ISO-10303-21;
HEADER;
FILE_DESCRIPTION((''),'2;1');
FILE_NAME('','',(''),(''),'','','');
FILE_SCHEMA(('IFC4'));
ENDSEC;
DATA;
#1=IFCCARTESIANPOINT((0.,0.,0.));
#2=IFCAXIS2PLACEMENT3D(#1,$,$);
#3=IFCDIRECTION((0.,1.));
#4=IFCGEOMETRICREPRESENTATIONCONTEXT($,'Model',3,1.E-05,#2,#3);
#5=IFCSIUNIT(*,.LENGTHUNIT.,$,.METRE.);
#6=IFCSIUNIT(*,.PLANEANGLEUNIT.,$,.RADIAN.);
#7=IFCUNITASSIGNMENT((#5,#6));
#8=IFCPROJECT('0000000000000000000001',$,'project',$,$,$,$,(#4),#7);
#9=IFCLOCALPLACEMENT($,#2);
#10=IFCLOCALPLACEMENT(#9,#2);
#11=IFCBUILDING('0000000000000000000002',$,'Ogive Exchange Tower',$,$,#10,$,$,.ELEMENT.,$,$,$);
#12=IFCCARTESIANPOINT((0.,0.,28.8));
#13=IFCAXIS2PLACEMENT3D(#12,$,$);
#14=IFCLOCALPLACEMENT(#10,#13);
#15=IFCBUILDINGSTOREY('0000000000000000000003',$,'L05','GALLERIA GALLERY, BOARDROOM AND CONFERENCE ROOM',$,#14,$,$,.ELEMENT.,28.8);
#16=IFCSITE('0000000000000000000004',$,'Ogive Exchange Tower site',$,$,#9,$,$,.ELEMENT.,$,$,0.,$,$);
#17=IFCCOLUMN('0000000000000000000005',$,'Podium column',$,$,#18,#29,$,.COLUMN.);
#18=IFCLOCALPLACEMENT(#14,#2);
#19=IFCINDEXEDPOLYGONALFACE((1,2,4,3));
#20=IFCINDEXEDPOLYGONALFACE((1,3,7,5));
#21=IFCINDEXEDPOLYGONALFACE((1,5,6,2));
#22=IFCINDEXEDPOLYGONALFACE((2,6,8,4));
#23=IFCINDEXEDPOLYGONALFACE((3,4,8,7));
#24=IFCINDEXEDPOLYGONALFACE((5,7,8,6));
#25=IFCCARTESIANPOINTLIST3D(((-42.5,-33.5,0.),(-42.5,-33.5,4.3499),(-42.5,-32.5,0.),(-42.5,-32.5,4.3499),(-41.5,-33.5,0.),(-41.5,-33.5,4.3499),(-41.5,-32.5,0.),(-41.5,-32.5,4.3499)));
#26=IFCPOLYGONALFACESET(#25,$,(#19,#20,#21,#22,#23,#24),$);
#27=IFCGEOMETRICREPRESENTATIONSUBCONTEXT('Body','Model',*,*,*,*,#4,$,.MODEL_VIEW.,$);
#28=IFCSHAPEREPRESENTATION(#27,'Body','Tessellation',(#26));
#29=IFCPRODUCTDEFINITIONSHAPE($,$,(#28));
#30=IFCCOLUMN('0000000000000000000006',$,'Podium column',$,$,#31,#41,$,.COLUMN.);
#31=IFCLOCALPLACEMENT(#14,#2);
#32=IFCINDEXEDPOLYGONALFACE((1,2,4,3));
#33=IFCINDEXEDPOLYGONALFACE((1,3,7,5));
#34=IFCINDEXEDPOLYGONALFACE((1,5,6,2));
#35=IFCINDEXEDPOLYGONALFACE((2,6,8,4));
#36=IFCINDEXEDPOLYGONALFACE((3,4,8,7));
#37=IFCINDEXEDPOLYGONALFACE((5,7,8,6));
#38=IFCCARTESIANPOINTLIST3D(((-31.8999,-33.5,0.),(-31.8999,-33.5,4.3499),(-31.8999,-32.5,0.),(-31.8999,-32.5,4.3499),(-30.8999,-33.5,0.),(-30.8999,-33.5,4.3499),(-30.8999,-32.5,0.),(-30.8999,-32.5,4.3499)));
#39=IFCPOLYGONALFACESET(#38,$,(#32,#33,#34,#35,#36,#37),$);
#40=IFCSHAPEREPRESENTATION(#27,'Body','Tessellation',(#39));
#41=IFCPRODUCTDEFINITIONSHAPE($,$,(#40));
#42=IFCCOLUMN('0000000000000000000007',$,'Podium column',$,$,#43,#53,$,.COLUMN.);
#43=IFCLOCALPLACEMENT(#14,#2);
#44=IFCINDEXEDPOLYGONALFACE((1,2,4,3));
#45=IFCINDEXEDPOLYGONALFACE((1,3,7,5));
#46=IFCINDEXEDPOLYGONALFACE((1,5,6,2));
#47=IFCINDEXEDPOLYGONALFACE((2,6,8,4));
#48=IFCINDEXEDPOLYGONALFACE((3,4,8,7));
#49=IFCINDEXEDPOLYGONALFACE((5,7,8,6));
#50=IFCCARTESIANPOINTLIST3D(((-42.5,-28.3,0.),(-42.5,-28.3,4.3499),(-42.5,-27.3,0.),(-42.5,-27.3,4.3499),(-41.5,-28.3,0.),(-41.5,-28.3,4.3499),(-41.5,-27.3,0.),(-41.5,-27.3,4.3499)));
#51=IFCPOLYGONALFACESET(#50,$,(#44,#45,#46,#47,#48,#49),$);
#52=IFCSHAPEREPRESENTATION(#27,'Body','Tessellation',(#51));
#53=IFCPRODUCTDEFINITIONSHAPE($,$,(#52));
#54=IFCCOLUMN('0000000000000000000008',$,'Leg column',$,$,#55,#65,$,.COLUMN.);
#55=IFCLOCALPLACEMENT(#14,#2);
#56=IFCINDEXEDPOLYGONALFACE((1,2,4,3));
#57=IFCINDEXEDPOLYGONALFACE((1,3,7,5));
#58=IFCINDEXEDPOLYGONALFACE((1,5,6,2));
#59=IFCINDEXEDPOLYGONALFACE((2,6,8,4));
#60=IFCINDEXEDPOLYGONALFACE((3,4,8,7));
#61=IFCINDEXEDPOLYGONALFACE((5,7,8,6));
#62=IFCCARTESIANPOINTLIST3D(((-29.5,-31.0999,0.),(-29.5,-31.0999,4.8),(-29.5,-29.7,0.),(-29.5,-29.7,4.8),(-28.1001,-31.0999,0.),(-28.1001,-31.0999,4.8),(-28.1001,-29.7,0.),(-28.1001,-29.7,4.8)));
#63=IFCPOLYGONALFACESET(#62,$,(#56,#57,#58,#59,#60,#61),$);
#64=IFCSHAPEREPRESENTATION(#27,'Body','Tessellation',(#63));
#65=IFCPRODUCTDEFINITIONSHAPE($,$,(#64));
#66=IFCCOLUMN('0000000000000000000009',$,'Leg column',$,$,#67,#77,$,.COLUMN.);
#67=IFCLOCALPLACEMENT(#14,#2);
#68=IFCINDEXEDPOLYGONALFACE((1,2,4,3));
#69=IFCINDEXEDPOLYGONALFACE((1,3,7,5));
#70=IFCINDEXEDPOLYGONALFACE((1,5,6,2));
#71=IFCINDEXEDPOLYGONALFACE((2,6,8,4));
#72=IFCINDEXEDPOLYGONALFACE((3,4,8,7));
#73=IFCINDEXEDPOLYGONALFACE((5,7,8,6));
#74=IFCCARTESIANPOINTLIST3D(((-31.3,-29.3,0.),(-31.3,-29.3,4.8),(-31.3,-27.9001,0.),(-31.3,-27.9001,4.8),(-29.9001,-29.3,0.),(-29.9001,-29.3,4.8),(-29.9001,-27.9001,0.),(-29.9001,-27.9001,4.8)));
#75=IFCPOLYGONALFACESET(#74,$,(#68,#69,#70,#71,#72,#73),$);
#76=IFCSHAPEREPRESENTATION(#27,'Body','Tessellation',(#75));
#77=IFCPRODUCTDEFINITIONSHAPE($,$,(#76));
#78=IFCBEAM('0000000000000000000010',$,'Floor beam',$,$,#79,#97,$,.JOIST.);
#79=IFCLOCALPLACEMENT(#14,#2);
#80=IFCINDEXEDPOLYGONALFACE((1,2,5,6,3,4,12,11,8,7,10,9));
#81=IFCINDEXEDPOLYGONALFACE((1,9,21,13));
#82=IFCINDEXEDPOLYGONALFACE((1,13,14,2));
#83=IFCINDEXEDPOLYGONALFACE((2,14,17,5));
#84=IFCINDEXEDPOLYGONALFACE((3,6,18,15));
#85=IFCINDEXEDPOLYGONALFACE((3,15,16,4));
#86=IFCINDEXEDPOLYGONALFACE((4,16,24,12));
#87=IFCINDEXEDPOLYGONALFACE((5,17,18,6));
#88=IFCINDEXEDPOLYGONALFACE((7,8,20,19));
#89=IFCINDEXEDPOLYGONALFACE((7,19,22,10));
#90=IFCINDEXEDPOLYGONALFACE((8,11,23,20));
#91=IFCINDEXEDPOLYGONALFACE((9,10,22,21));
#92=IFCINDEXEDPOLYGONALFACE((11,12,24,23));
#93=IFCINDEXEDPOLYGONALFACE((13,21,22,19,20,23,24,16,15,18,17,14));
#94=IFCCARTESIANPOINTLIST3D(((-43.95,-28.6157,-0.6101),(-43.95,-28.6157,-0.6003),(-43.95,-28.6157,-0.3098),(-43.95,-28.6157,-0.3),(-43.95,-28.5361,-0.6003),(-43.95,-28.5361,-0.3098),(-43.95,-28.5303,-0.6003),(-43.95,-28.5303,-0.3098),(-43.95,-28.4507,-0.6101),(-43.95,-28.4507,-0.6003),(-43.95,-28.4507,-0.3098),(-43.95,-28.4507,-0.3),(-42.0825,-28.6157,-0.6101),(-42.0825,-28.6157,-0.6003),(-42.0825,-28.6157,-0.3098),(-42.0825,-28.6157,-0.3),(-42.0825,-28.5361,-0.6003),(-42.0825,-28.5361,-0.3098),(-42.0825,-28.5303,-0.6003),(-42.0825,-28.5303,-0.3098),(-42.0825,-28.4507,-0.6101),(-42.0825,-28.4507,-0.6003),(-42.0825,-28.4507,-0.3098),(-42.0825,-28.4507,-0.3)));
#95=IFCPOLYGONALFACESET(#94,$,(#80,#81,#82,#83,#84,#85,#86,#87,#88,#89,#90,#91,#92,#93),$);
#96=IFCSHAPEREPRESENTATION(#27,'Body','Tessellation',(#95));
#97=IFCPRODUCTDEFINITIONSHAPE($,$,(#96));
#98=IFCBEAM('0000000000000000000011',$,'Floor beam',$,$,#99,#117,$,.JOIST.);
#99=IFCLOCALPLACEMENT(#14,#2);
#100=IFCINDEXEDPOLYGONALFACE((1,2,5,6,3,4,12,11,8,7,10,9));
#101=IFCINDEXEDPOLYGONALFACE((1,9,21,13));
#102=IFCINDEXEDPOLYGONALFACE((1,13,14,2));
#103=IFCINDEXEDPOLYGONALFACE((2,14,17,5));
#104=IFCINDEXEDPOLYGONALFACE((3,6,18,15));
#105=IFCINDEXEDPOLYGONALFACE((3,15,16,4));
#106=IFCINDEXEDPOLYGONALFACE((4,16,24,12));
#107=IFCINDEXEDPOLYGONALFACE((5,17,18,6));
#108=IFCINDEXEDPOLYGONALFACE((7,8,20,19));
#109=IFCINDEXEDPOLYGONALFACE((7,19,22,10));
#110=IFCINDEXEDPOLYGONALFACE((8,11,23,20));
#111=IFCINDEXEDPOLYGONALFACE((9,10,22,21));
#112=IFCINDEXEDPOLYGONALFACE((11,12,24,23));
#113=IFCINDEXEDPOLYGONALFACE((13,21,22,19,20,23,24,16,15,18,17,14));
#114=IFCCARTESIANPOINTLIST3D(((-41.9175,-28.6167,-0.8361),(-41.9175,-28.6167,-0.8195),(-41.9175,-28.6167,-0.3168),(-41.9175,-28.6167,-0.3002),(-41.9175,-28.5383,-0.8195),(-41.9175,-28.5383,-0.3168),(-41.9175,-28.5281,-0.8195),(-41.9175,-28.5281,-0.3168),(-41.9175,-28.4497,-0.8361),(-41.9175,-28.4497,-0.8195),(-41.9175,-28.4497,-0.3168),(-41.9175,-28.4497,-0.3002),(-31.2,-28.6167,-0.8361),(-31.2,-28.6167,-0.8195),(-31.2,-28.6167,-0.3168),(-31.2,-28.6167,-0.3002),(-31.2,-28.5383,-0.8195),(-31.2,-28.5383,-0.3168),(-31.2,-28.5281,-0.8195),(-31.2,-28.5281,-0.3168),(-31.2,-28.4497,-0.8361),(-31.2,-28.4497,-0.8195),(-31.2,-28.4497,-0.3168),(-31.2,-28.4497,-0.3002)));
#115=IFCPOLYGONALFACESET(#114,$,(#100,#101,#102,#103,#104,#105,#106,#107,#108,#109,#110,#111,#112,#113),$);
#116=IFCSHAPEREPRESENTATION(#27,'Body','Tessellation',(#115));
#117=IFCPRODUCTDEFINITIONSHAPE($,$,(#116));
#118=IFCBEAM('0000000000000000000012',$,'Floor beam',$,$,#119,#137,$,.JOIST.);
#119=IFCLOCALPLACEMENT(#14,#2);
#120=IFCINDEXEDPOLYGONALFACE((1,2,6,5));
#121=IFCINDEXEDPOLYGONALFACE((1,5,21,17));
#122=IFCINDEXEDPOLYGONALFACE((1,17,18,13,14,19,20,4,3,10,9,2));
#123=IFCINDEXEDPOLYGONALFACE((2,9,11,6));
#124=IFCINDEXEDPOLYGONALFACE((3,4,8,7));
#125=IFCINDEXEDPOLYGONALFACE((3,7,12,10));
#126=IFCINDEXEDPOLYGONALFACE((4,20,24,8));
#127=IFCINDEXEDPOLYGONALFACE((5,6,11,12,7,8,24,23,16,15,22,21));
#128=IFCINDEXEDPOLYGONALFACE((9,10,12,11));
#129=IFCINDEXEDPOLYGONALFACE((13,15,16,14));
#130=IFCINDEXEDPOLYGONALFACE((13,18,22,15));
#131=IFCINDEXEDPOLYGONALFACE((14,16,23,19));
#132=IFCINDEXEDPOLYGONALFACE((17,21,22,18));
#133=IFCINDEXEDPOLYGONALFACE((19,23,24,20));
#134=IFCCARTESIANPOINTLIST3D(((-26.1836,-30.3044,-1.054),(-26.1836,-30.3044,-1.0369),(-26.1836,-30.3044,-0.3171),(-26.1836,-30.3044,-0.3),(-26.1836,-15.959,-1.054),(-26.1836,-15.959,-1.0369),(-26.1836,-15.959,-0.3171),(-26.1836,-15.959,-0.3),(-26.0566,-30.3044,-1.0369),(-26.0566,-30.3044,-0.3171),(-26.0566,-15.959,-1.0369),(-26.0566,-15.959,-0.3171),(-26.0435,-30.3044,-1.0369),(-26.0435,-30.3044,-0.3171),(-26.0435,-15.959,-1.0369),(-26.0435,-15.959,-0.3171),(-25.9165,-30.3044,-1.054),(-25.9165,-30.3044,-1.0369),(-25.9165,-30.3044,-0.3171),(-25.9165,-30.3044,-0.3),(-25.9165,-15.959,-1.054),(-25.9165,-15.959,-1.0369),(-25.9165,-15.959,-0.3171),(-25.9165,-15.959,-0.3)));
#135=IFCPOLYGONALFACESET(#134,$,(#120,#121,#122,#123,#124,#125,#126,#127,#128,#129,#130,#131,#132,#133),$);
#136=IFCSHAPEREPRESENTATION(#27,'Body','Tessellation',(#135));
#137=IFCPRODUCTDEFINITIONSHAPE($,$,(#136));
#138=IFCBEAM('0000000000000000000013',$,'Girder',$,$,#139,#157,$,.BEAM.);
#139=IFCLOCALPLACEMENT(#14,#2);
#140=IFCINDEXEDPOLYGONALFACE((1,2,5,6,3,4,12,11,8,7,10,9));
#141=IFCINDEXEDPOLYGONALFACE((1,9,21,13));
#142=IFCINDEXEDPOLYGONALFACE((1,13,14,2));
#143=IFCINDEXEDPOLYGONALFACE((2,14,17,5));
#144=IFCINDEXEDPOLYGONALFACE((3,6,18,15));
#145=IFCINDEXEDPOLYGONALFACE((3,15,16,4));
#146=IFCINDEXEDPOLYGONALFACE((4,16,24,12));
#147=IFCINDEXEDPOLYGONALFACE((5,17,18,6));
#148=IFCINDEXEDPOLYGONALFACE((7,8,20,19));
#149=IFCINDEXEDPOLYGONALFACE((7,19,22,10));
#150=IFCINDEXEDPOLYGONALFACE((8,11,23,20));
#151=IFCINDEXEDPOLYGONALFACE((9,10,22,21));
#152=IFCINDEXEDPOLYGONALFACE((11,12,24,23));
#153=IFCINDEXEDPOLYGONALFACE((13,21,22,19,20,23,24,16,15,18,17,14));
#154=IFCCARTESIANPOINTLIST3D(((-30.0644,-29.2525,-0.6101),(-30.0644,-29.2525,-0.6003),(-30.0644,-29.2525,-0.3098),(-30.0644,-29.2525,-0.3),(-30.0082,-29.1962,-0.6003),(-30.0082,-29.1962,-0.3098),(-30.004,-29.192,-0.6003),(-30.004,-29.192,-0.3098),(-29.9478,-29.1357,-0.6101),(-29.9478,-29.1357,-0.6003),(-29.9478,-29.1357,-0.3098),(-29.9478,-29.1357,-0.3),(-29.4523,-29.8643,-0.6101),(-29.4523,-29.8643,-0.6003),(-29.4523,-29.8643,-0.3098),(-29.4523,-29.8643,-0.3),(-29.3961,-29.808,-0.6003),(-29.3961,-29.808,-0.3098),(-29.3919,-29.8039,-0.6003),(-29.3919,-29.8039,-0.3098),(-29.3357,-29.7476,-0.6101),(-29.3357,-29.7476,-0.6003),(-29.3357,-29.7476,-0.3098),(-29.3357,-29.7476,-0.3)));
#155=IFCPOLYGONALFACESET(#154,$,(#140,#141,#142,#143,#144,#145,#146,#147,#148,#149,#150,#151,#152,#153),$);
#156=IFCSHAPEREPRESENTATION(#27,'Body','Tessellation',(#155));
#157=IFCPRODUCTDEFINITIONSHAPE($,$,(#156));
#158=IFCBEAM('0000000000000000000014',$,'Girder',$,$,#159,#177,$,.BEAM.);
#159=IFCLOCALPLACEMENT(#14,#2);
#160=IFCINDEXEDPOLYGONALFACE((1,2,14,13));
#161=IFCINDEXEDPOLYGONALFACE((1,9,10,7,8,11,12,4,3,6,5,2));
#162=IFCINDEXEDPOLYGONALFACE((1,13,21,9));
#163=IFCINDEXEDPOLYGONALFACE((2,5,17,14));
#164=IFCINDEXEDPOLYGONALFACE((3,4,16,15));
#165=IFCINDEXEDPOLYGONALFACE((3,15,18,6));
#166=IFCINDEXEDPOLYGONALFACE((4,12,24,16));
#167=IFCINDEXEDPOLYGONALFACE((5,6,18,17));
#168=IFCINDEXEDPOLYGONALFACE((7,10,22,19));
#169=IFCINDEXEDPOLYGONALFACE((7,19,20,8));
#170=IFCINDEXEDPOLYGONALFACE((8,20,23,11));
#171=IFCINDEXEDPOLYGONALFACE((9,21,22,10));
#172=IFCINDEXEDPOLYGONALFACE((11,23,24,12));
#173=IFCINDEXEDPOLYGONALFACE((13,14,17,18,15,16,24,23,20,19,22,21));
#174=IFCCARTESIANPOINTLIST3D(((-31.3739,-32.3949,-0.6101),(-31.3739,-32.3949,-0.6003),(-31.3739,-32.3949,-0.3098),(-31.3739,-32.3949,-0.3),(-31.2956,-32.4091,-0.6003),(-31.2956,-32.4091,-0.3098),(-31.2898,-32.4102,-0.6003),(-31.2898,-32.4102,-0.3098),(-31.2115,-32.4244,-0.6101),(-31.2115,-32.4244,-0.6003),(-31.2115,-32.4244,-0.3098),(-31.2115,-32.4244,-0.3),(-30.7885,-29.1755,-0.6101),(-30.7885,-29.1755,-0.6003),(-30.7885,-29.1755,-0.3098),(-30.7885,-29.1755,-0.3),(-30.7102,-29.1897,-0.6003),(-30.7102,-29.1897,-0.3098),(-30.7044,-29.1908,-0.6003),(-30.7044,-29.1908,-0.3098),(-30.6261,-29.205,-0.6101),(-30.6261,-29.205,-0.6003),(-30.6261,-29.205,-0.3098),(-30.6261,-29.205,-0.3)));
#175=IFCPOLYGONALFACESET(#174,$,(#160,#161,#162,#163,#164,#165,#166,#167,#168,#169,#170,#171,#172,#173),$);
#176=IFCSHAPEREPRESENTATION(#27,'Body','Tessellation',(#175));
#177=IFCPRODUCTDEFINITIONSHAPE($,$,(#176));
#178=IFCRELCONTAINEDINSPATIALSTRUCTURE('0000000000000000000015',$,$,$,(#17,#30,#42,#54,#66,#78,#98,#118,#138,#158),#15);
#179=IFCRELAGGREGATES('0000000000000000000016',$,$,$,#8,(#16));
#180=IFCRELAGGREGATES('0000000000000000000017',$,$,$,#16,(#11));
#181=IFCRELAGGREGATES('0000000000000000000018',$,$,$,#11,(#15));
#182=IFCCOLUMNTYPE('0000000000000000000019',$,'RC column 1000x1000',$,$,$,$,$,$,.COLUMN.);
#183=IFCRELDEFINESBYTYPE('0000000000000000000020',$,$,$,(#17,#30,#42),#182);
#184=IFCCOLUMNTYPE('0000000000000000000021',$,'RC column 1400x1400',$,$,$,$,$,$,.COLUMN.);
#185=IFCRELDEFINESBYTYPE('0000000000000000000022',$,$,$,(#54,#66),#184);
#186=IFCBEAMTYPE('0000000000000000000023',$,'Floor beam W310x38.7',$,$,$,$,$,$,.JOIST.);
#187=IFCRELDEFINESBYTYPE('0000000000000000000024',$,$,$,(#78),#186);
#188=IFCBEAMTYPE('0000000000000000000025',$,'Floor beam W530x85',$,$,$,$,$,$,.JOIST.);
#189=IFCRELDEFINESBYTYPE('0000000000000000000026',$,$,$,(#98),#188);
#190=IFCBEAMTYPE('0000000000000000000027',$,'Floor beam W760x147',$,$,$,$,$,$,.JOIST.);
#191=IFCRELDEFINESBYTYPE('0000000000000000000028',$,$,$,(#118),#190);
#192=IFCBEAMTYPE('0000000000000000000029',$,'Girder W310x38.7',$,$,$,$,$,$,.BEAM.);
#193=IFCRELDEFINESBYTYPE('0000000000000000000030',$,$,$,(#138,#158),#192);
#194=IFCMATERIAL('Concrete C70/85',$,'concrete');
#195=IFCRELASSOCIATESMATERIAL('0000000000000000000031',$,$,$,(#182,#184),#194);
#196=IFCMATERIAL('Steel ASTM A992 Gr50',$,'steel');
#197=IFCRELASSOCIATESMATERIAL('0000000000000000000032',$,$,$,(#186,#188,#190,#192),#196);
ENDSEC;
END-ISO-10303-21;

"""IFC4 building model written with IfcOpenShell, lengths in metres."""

from ifc_helpers import new_model, si_unit, direction, frame, origin, origin_2d, place, context, subcontext, project, spatial, rectangle, i_section, extrude, material, material_profile, profile_set, type_object, element, save


model = new_model("IFC4")

# Units and contexts
model_context = context("Model", 3, precision=1e-05, world=origin(), true_north=direction((0.0, 1.0)))
body_context = subcontext(model_context, "Body", "Model", "MODEL_VIEW")
ifc_project = project(units=[si_unit("LENGTHUNIT", "METRE"), si_unit("PLANEANGLEUNIT", "RADIAN")], contexts=[model_context])

# Site, building, storey
site_placement = place(None, origin())
site = spatial("IfcSite", under=ifc_project, at=site_placement, Name="Ogive Exchange Tower site", CompositionType="ELEMENT", RefElevation=0.0)
building_placement = place(site_placement, origin())
building = spatial("IfcBuilding", under=site, at=building_placement, Name="Ogive Exchange Tower", CompositionType="ELEMENT")
storey_placement = place(building_placement, frame((0.0, 0.0, 28.8)))
storey = spatial("IfcBuildingStorey", under=building, at=storey_placement, Name="L05", Description="GALLERIA GALLERY, BOARDROOM AND CONFERENCE ROOM", CompositionType="ELEMENT", Elevation=28.8)

# Columns
ifc_material_1 = material(Name="Concrete C70/85", Category="concrete")
ifc_material_profile_1 = material_profile(ifc_material_1, rectangle(XDim=1.0, YDim=1.0, at=origin_2d()), Name="RC 1000x1000")
ifc_profile_set_1 = profile_set([ifc_material_profile_1], Name="Concrete C70/85")
column_type_1 = type_object("IfcColumnType", Name="RC column 1000x1000", PredefinedType="COLUMN", material=ifc_profile_set_1)
for number, where, z_axis, x_axis, name in (
    (1, (-42.0, -33.0, 0.0), (0.0, 0.0, 1.0), (1.0, 0.0, 0.0), "Podium column"),
    (2, (-31.3999, -33.0, 0.0), (0.0, 0.0, 1.0), (1.0, 0.0, 0.0), "Podium column"),
    (3, (-42.0, -27.8, 0.0), (0.0, 0.0, 1.0), (1.0, 0.0, 0.0), "Podium column"),
):
    element("IfcColumn", number, at=place(storey_placement, frame(where, z_axis=z_axis, x_axis=x_axis)), inside=storey, type_object=column_type_1, Name=name, PredefinedType="COLUMN", context=body_context, shape_type="SweptSolid", body=[
        extrude(rectangle(XDim=1.0, YDim=1.0, at=origin_2d()), origin(), (0.0, 0.0, 1.0), 4.3499),
    ])
ifc_material_profile_2 = material_profile(ifc_material_1, rectangle(XDim=1.3999, YDim=1.3999, at=origin_2d()), Name="RC 1400x1400")
ifc_profile_set_2 = profile_set([ifc_material_profile_2], Name="Concrete C70/85")
column_type_2 = type_object("IfcColumnType", Name="RC column 1400x1400", PredefinedType="COLUMN", material=ifc_profile_set_2)
for number, where, z_axis, x_axis, name in (
    (4, (-28.8, -30.3999, 0.0), (0.0, 0.0, 1.0), (1.0, 0.0, 0.0), "Leg column"),
    (5, (-30.6001, -28.6001, 0.0), (0.0, 0.0, 1.0), (1.0, 0.0, 0.0), "Leg column"),
):
    element("IfcColumn", number, at=place(storey_placement, frame(where, z_axis=z_axis, x_axis=x_axis)), inside=storey, type_object=column_type_2, Name=name, PredefinedType="COLUMN", context=body_context, shape_type="SweptSolid", body=[
        extrude(rectangle(XDim=1.3999, YDim=1.3999, at=origin_2d()), origin(), (0.0, 0.0, 1.0), 4.8),
    ])

# Beams
ifc_material_2 = material(Name="Steel ASTM A992 Gr50", Category="steel")
ifc_material_profile_3 = material_profile(ifc_material_2, i_section(OverallWidth=0.165, OverallDepth=0.3101, WebThickness=0.0059, FlangeThickness=0.0098, at=origin_2d()), Name="W310x38.7")
ifc_profile_set_3 = profile_set([ifc_material_profile_3], Name="Steel ASTM A992 Gr50")
beam_type_1 = type_object("IfcBeamType", Name="Floor beam W310x38.7", PredefinedType="JOIST", material=ifc_profile_set_3)
beam_1_placement = place(storey_placement, frame((-43.95, -28.5332, -0.4551), z_axis=(1.0, 0.0, 0.0), x_axis=(0.0, 1.0, 0.0)))
element("IfcBeam", 6, at=beam_1_placement, inside=storey, type_object=beam_type_1, Name="Floor beam", PredefinedType="JOIST", context=body_context, shape_type="SweptSolid", body=[
    extrude(i_section(OverallWidth=0.165, OverallDepth=0.3101, WebThickness=0.0059, FlangeThickness=0.0098, at=origin_2d()), origin(), (0.0, 0.0, 1.0), 1.8674),
])
ifc_material_profile_4 = material_profile(ifc_material_2, i_section(OverallWidth=0.167, OverallDepth=0.5359, WebThickness=0.0103, FlangeThickness=0.0166, at=origin_2d()), Name="W530x85")
ifc_profile_set_4 = profile_set([ifc_material_profile_4], Name="Steel ASTM A992 Gr50")
beam_type_2 = type_object("IfcBeamType", Name="Floor beam W530x85", PredefinedType="JOIST", material=ifc_profile_set_4)
beam_2_placement = place(storey_placement, frame((-41.9175, -28.5332, -0.5681), z_axis=(1.0, 0.0, 0.0), x_axis=(0.0, 1.0, 0.0)))
element("IfcBeam", 7, at=beam_2_placement, inside=storey, type_object=beam_type_2, Name="Floor beam", PredefinedType="JOIST", context=body_context, shape_type="SweptSolid", body=[
    extrude(i_section(OverallWidth=0.167, OverallDepth=0.5359, WebThickness=0.0103, FlangeThickness=0.0166, at=origin_2d()), origin(), (0.0, 0.0, 1.0), 10.7175),
])
ifc_material_profile_5 = material_profile(ifc_material_2, i_section(OverallWidth=0.2671, OverallDepth=0.7539, WebThickness=0.0132, FlangeThickness=0.0171, at=origin_2d()), Name="W760x147")
ifc_profile_set_5 = profile_set([ifc_material_profile_5], Name="Steel ASTM A992 Gr50")
beam_type_3 = type_object("IfcBeamType", Name="Floor beam W760x147", PredefinedType="JOIST", material=ifc_profile_set_5)
beam_3_placement = place(storey_placement, frame((-26.05, -30.3044, -0.677), z_axis=(0.0, 1.0, 0.0), x_axis=(-1.0, 0.0, 0.0)))
element("IfcBeam", 8, at=beam_3_placement, inside=storey, type_object=beam_type_3, Name="Floor beam", PredefinedType="JOIST", context=body_context, shape_type="SweptSolid", body=[
    extrude(i_section(OverallWidth=0.2671, OverallDepth=0.7539, WebThickness=0.0132, FlangeThickness=0.0171, at=origin_2d()), origin(), (0.0, 0.0, 1.0), 14.3455),
])
ifc_material_profile_6 = material_profile(ifc_material_2, i_section(OverallWidth=0.165, OverallDepth=0.3101, WebThickness=0.0059, FlangeThickness=0.0098, at=origin_2d()), Name="W310x38.7")
ifc_profile_set_6 = profile_set([ifc_material_profile_6], Name="Steel ASTM A992 Gr50")
beam_type_4 = type_object("IfcBeamType", Name="Girder W310x38.7", PredefinedType="BEAM", material=ifc_profile_set_6)
beam_4_placement = place(storey_placement, frame((-30.0061, -29.1941, -0.4551), z_axis=(0.707248, -0.706966, 0.0), x_axis=(0.706966, 0.707248, 0.0)))
element("IfcBeam", 9, at=beam_4_placement, inside=storey, type_object=beam_type_4, Name="Girder", PredefinedType="BEAM", context=body_context, shape_type="SweptSolid", body=[
    extrude(i_section(OverallWidth=0.165, OverallDepth=0.3101, WebThickness=0.0059, FlangeThickness=0.0098, at=origin_2d()), origin(), (0.0, 0.0, 1.0), 0.8655),
])
beam_5_placement = place(storey_placement, frame((-31.2927, -32.4097, -0.4551), z_axis=(0.178912, 0.983865, 0.0), x_axis=(-0.983865, 0.178912, 0.0)))
element("IfcBeam", 10, at=beam_5_placement, inside=storey, type_object=beam_type_4, Name="Girder", PredefinedType="BEAM", context=body_context, shape_type="SweptSolid", body=[
    extrude(i_section(OverallWidth=0.165, OverallDepth=0.3101, WebThickness=0.0059, FlangeThickness=0.0098, at=origin_2d()), origin(), (0.0, 0.0, 1.0), 3.2722),
])

save(model, "model.ifc")
